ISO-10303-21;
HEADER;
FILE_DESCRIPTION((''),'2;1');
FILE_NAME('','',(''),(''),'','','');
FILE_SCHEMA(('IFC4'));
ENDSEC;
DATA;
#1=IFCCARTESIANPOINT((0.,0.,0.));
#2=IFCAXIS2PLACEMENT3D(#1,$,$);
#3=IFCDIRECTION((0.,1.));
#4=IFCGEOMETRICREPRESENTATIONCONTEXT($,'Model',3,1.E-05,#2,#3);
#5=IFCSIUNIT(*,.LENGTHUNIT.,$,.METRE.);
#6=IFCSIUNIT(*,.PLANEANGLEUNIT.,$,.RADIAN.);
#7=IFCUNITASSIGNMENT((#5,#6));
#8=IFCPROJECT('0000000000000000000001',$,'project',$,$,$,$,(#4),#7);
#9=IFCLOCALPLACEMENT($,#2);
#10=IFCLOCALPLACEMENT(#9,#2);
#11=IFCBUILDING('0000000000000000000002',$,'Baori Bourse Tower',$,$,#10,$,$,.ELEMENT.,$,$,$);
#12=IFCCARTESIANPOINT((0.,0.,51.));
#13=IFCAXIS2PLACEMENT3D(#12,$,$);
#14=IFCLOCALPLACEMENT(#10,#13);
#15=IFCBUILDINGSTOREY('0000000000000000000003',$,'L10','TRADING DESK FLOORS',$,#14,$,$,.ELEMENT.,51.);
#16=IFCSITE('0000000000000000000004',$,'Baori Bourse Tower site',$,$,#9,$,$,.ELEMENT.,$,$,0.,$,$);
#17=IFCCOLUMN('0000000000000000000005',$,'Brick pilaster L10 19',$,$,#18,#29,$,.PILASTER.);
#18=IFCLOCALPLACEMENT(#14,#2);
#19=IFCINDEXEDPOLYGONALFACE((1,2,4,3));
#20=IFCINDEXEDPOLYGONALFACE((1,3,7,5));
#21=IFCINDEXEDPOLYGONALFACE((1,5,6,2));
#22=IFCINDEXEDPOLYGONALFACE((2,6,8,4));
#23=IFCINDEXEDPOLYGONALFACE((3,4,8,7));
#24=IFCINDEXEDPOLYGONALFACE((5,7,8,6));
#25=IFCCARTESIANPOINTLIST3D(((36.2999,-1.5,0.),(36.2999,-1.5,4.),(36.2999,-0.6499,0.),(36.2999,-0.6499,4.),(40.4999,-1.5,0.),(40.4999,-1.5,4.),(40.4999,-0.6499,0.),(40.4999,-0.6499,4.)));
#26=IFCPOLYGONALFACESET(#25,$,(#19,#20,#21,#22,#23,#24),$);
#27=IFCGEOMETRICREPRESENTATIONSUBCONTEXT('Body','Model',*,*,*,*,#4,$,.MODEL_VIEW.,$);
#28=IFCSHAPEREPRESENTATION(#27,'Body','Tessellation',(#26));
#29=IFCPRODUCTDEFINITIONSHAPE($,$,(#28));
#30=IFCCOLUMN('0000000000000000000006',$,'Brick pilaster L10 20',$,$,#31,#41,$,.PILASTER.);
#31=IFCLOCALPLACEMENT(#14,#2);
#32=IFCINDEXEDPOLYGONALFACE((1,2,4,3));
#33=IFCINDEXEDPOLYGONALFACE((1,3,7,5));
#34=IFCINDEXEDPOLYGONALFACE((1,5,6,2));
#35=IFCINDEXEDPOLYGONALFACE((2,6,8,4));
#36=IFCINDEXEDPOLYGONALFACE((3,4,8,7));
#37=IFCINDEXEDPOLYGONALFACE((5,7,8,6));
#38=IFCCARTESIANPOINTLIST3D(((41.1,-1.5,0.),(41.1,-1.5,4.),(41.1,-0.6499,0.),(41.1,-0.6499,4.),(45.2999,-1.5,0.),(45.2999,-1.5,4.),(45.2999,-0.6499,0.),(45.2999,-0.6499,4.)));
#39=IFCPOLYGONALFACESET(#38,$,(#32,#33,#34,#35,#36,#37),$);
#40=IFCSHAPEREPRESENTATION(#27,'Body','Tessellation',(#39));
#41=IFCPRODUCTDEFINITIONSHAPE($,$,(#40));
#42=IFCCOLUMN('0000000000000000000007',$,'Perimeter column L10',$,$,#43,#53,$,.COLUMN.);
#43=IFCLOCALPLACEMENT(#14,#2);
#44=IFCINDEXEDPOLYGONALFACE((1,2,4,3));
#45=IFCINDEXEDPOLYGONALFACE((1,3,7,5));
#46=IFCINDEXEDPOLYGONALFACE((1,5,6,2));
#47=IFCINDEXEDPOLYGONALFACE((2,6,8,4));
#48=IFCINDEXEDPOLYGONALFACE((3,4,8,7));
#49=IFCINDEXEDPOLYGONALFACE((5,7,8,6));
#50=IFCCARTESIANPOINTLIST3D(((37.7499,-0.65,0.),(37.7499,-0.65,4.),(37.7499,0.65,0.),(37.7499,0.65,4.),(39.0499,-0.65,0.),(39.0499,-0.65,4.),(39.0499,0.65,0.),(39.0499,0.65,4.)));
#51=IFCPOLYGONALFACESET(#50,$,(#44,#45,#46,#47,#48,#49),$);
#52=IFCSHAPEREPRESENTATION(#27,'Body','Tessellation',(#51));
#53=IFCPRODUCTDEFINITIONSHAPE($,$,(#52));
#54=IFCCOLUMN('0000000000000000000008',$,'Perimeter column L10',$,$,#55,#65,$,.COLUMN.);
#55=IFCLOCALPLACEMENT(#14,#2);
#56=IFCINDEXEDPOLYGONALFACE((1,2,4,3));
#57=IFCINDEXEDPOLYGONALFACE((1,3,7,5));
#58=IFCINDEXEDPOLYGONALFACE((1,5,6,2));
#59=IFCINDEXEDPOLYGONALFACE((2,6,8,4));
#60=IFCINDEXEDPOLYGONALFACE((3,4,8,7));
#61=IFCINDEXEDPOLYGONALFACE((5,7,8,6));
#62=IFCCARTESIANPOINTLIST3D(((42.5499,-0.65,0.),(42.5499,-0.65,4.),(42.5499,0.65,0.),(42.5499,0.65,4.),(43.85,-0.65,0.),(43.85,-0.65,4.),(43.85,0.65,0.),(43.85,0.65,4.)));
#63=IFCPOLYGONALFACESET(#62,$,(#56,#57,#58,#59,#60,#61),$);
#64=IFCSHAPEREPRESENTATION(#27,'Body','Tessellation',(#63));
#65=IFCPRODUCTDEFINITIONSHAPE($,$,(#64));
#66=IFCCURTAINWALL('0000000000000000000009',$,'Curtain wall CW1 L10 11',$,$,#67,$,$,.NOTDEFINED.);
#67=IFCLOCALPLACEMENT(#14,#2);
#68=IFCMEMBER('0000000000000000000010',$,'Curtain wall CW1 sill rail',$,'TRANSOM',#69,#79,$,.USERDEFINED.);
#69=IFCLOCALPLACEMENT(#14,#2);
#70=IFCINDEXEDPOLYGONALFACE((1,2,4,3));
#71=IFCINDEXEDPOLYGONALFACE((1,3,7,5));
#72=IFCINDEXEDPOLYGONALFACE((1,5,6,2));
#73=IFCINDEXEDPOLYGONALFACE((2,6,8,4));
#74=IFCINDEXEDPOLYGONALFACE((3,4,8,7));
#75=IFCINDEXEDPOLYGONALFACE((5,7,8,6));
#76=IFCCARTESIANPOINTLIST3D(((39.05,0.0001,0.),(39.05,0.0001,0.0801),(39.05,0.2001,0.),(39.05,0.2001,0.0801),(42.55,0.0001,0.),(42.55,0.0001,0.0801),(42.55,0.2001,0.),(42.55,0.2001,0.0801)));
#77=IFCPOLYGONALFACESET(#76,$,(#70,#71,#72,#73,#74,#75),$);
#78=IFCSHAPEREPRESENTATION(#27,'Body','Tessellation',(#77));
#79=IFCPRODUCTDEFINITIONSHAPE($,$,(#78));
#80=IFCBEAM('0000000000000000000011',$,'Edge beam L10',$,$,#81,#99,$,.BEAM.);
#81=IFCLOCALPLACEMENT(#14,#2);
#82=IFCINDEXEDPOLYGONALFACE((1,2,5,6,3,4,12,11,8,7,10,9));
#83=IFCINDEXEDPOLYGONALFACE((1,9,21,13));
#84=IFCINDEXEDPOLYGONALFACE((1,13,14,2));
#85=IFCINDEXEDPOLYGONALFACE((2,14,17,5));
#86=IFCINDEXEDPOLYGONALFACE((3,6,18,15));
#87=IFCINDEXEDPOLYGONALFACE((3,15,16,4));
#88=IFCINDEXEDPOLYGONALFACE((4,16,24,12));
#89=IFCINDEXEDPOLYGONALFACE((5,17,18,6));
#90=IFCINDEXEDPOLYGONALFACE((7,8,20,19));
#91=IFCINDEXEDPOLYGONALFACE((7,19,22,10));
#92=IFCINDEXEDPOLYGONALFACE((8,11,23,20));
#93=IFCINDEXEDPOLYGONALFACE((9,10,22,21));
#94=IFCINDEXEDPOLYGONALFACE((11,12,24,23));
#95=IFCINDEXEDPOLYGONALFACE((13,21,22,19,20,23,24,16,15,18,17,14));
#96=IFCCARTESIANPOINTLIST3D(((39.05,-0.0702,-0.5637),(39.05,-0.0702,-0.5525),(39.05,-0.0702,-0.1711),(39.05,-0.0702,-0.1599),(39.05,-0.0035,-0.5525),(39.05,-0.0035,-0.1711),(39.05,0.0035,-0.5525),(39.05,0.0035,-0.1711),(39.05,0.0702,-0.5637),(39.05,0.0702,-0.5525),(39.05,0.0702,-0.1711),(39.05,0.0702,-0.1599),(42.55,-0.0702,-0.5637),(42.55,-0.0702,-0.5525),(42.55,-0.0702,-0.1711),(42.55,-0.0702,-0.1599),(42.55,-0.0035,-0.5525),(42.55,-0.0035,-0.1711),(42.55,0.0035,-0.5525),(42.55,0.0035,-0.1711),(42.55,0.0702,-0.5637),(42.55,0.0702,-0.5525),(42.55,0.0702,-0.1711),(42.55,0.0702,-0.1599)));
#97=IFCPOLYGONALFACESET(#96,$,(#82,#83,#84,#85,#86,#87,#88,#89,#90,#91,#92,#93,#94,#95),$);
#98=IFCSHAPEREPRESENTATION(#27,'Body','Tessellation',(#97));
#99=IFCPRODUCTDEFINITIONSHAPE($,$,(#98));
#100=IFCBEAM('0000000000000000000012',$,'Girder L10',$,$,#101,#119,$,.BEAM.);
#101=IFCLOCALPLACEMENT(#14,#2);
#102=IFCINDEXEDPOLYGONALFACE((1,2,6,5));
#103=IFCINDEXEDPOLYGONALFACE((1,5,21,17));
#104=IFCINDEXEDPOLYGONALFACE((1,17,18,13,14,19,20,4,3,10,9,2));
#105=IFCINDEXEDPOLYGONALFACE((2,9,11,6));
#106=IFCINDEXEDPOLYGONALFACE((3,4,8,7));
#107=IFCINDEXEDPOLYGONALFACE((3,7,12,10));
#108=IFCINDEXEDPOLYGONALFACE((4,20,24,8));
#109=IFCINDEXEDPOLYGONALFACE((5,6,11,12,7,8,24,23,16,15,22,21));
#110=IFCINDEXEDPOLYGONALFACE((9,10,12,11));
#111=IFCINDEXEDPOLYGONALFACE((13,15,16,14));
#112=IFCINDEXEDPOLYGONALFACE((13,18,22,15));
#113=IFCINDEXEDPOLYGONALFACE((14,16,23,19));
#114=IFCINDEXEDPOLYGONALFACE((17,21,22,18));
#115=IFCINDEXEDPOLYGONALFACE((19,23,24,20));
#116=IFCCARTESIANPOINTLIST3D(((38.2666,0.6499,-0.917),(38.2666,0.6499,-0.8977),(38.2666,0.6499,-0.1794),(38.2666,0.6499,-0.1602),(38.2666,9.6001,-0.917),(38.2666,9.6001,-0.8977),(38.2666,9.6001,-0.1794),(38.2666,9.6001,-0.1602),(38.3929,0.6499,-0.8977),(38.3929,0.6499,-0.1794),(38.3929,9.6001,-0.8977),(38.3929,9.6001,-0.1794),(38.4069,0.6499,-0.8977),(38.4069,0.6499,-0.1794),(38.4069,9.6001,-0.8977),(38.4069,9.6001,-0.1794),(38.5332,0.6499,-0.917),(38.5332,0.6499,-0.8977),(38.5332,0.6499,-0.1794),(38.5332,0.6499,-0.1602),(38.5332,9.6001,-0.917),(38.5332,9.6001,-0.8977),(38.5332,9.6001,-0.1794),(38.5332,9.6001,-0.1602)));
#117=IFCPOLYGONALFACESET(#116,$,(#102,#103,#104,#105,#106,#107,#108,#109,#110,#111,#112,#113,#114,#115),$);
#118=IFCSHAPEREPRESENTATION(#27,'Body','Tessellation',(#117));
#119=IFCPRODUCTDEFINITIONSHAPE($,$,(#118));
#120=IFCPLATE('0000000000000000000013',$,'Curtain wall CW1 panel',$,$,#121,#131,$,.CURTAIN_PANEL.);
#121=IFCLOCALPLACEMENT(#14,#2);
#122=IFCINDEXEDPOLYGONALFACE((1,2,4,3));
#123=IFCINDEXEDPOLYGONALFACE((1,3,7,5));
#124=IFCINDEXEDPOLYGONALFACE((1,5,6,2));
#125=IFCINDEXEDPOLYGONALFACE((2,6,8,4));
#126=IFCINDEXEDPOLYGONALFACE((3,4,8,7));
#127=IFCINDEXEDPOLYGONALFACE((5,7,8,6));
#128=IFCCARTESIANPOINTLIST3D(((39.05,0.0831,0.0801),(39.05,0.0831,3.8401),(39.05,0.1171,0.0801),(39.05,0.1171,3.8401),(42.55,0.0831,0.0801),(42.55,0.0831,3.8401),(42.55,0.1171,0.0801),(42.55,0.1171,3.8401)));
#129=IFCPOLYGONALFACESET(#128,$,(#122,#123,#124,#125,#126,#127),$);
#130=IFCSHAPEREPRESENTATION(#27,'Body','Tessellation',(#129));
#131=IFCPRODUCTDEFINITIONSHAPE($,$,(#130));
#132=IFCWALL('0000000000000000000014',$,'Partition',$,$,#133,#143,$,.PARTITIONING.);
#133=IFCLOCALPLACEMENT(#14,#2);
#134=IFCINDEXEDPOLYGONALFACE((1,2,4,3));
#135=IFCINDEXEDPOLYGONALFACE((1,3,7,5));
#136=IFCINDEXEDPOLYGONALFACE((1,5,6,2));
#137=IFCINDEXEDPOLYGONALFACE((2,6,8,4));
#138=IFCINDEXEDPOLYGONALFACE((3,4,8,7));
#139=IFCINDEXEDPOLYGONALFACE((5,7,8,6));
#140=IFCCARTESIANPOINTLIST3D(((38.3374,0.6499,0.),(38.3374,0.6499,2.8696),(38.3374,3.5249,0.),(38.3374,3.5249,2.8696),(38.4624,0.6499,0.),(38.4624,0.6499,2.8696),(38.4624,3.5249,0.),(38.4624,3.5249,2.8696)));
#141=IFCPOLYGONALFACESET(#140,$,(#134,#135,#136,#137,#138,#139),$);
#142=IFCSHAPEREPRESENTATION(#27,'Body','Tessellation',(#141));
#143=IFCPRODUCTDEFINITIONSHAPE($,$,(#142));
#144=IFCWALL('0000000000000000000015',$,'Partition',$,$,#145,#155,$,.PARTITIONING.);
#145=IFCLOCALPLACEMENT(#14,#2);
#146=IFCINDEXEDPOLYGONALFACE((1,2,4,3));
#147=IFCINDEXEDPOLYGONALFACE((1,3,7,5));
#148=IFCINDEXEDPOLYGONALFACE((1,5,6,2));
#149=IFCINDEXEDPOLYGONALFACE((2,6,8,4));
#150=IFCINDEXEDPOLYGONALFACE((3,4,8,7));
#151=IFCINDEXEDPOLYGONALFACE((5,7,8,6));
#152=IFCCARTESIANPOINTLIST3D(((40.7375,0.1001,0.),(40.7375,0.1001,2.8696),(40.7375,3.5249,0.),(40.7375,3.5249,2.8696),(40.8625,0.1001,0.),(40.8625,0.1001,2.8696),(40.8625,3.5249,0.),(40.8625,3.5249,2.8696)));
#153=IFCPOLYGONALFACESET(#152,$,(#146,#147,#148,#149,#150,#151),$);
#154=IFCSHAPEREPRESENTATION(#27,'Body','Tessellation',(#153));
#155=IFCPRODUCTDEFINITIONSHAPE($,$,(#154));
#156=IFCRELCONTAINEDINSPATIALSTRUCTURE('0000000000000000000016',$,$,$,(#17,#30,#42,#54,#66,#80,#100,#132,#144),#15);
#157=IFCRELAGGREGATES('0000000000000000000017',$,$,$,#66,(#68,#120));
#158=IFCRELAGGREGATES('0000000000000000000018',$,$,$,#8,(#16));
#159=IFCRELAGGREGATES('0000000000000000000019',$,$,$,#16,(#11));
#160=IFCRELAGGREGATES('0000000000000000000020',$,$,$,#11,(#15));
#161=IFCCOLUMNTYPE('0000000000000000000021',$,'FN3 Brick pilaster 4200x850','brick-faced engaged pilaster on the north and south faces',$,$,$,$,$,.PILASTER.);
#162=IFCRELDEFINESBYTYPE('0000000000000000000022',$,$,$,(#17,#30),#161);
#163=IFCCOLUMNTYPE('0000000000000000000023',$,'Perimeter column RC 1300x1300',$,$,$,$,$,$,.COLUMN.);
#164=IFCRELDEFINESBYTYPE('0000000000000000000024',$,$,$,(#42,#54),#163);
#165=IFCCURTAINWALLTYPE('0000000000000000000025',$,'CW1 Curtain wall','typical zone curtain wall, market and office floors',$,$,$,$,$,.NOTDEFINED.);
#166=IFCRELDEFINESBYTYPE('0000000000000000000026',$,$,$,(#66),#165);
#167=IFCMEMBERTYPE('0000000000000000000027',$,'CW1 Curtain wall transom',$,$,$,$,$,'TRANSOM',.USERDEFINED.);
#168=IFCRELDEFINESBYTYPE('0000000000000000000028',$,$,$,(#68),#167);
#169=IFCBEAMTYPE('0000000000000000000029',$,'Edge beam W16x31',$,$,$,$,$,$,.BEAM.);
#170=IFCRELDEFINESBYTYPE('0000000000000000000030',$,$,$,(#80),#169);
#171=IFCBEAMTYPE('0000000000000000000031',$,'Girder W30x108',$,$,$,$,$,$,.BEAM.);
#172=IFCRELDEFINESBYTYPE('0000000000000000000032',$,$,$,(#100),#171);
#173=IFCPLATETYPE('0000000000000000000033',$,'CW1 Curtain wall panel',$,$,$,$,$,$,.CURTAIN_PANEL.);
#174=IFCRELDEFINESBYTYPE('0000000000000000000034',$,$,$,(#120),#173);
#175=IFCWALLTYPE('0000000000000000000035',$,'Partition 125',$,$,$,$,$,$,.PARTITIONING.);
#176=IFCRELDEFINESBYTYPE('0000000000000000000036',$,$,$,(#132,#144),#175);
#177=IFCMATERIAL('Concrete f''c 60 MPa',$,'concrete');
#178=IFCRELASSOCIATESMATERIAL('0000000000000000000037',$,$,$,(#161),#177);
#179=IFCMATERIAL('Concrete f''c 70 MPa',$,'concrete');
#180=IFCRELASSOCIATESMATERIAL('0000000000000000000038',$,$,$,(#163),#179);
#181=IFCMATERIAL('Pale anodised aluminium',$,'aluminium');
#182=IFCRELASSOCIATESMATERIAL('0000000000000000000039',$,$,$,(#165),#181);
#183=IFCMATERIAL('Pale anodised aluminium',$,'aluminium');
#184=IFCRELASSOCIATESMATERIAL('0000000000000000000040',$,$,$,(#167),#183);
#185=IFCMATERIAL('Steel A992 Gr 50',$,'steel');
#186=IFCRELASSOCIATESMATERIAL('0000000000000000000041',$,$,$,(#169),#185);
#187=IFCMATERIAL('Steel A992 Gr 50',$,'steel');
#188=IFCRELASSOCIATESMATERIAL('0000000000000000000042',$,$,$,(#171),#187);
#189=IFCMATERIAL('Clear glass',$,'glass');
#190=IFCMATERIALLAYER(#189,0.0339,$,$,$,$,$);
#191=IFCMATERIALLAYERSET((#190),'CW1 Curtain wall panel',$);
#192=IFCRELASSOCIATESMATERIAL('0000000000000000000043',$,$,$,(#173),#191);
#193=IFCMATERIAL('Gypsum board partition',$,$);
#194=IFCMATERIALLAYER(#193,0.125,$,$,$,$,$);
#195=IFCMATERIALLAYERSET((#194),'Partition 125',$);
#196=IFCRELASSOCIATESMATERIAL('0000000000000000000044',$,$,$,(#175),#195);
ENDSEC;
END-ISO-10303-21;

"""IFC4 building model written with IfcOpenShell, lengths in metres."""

from ifc_helpers import new_model, si_unit, direction, frame, frame_2d, origin, origin_2d, place, context, subcontext, project, spatial, rectangle, i_section, extrude, material, layer, layer_set, material_profile, profile_set, type_object, element, aggregate, save


model = new_model("IFC4")

# Units and contexts
model_context = context("Model", 3, precision=1e-05, world=origin(), true_north=direction((0.0, 1.0)))
body_context = subcontext(model_context, "Body", "Model", "MODEL_VIEW")
ifc_project = project(units=[si_unit("LENGTHUNIT", "METRE"), si_unit("PLANEANGLEUNIT", "RADIAN")], contexts=[model_context])

# Site, building, storey
site_placement = place(None, origin())
site = spatial("IfcSite", under=ifc_project, at=site_placement, Name="Baori Bourse Tower site", CompositionType="ELEMENT", RefElevation=0.0)
building_placement = place(site_placement, origin())
building = spatial("IfcBuilding", under=site, at=building_placement, Name="Baori Bourse Tower", CompositionType="ELEMENT")
storey_placement = place(building_placement, frame((0.0, 0.0, 51.0)))
storey = spatial("IfcBuildingStorey", under=building, at=storey_placement, Name="L10", Description="TRADING DESK FLOORS", CompositionType="ELEMENT", Elevation=51.0)

# Columns
ifc_material_1 = material(Name="Concrete f'c 60 MPa", Category="concrete")
ifc_material_profile_1 = material_profile(ifc_material_1, rectangle(XDim=4.2, YDim=0.8501, at=origin_2d()), Name="RC 4200x850")
ifc_profile_set_1 = profile_set([ifc_material_profile_1], Name="Concrete f'c 60 MPa")
column_type_1 = type_object("IfcColumnType", Name="FN3 Brick pilaster 4200x850", Description="brick-faced engaged pilaster on the north and south faces", PredefinedType="PILASTER", material=ifc_profile_set_1)
for number, where, z_axis, x_axis, name in (
    (1, (38.3999, -1.075, 0.0), (0.0, 0.0, 1.0), (1.0, 0.0, 0.0), "Brick pilaster L10 19"),
    (2, (43.2, -1.075, 0.0), (0.0, 0.0, 1.0), (1.0, 0.0, 0.0), "Brick pilaster L10 20"),
):
    element("IfcColumn", number, at=place(storey_placement, frame(where, z_axis=z_axis, x_axis=x_axis)), inside=storey, type_object=column_type_1, Name=name, PredefinedType="PILASTER", context=body_context, shape_type="SweptSolid", body=[
        extrude(rectangle(XDim=4.2, YDim=0.8501, at=origin_2d()), origin(), (0.0, 0.0, 1.0), 4.0),
    ])
ifc_material_2 = material(Name="Concrete f'c 70 MPa", Category="concrete")
ifc_material_profile_2 = material_profile(ifc_material_2, rectangle(XDim=1.3, YDim=1.3, at=origin_2d()), Name="RC 1300x1300")
ifc_profile_set_2 = profile_set([ifc_material_profile_2], Name="Concrete f'c 70 MPa")
column_type_2 = type_object("IfcColumnType", Name="Perimeter column RC 1300x1300", PredefinedType="COLUMN", material=ifc_profile_set_2)
for number, where, z_axis, x_axis, name in (
    (3, (38.3999, 0.0, 0.0), (0.0, 0.0, 1.0), (1.0, 0.0, 0.0), "Perimeter column L10"),
    (4, (43.2, 0.0, 0.0), (0.0, 0.0, 1.0), (1.0, 0.0, 0.0), "Perimeter column L10"),
):
    element("IfcColumn", number, at=place(storey_placement, frame(where, z_axis=z_axis, x_axis=x_axis)), inside=storey, type_object=column_type_2, Name=name, PredefinedType="COLUMN", context=body_context, shape_type="SweptSolid", body=[
        extrude(rectangle(XDim=1.3, YDim=1.3, at=origin_2d()), origin(), (0.0, 0.0, 1.0), 4.0),
    ])

# Curtain wall, member
ifc_material_3 = material(Name="Pale anodised aluminium", Category="aluminium")
curtain_wall_type = type_object("IfcCurtainWallType", Name="CW1 Curtain wall", Description="typical zone curtain wall, market and office floors", PredefinedType="NOTDEFINED", material=ifc_material_3)
curtain_wall_placement = place(storey_placement, origin())
curtain_wall = element("IfcCurtainWall", 5, at=curtain_wall_placement, inside=storey, type_object=curtain_wall_type, Name="Curtain wall CW1 L10 11", PredefinedType="NOTDEFINED")
ifc_material_4 = material(Name="Pale anodised aluminium", Category="aluminium")
ifc_material_profile_3 = material_profile(ifc_material_4, rectangle(XDim=0.2, YDim=0.0801, at=origin_2d()), Name="Transom 80x200")
ifc_profile_set_3 = profile_set([ifc_material_profile_3], Name="Pale anodised aluminium")
member_type = type_object("IfcMemberType", Name="CW1 Curtain wall transom", ElementType="TRANSOM", PredefinedType="USERDEFINED", material=ifc_profile_set_3)
member_placement = place(storey_placement, frame((39.05, 0.1001, 0.04), z_axis=(1.0, 0.0, 0.0), x_axis=(0.0, 1.0, 0.0)))
member = element("IfcMember", 6, at=member_placement, type_object=member_type, Name="Curtain wall CW1 sill rail", ObjectType="TRANSOM", PredefinedType="USERDEFINED", context=body_context, shape_type="SweptSolid", body=[
    extrude(rectangle(XDim=0.2, YDim=0.0801, at=origin_2d()), origin(), (0.0, 0.0, 1.0), 3.5),
])

# Beams
ifc_material_5 = material(Name="Steel A992 Gr 50", Category="steel")
ifc_material_profile_4 = material_profile(ifc_material_5, i_section(OverallWidth=0.1404, OverallDepth=0.4038, WebThickness=0.0071, FlangeThickness=0.0112, at=origin_2d()), Name="W16x31")
ifc_profile_set_4 = profile_set([ifc_material_profile_4], Name="Steel A992 Gr 50")
beam_type_1 = type_object("IfcBeamType", Name="Edge beam W16x31", PredefinedType="BEAM", material=ifc_profile_set_4)
beam_1_placement = place(storey_placement, frame((39.05, 0.0, -0.3618), z_axis=(1.0, 0.0, 0.0), x_axis=(0.0, 1.0, 0.0)))
element("IfcBeam", 7, at=beam_1_placement, inside=storey, type_object=beam_type_1, Name="Edge beam L10", PredefinedType="BEAM", context=body_context, shape_type="SweptSolid", body=[
    extrude(i_section(OverallWidth=0.1404, OverallDepth=0.4038, WebThickness=0.0071, FlangeThickness=0.0112, at=origin_2d()), origin(), (0.0, 0.0, 1.0), 3.5),
])
ifc_material_6 = material(Name="Steel A992 Gr 50", Category="steel")
ifc_material_profile_5 = material_profile(ifc_material_6, i_section(OverallWidth=0.2666, OverallDepth=0.7568, WebThickness=0.0139, FlangeThickness=0.0193, at=origin_2d()), Name="W30x108")
ifc_profile_set_5 = profile_set([ifc_material_profile_5], Name="Steel A992 Gr 50")
beam_type_2 = type_object("IfcBeamType", Name="Girder W30x108", PredefinedType="BEAM", material=ifc_profile_set_5)
beam_2_placement = place(storey_placement, frame((38.3999, 0.6499, -0.5386), z_axis=(0.0, 1.0, 0.0), x_axis=(-1.0, 0.0, 0.0)))
element("IfcBeam", 8, at=beam_2_placement, inside=storey, type_object=beam_type_2, Name="Girder L10", PredefinedType="BEAM", context=body_context, shape_type="SweptSolid", body=[
    extrude(i_section(OverallWidth=0.2666, OverallDepth=0.7568, WebThickness=0.0139, FlangeThickness=0.0193, at=origin_2d()), origin(), (0.0, 0.0, 1.0), 8.9502),
])

# Plate
ifc_material_7 = material(Name="Clear glass", Category="glass")
ifc_layer_1 = layer(ifc_material_7, 0.0339)
ifc_layer_set_1 = layer_set([ifc_layer_1], Name="CW1 Curtain wall panel")
plate_type = type_object("IfcPlateType", Name="CW1 Curtain wall panel", PredefinedType="CURTAIN_PANEL", material=ifc_layer_set_1)
plate_placement = place(storey_placement, frame((40.8, 0.1001, 0.0801), z_axis=(0.0, 0.0, 1.0), x_axis=(1.0, 0.0, 0.0)))
plate = element("IfcPlate", 9, at=plate_placement, type_object=plate_type, Name="Curtain wall CW1 panel", PredefinedType="CURTAIN_PANEL", context=body_context, shape_type="SweptSolid", body=[
    extrude(rectangle(XDim=3.5, YDim=0.0339, at=origin_2d()), origin(), (0.0, 0.0, 1.0), 3.76),
])
aggregate(curtain_wall, [member, plate])

# Walls
ifc_material_8 = material(Name="Gypsum board partition")
ifc_layer_2 = layer(ifc_material_8, 0.125)
ifc_layer_set_2 = layer_set([ifc_layer_2], Name="Partition 125")
wall_type = type_object("IfcWallType", Name="Partition 125", PredefinedType="PARTITIONING", material=ifc_layer_set_2)
wall_1_placement = place(storey_placement, frame((38.3999, 0.6499, 0.0), z_axis=(0.0, 0.0, 1.0), x_axis=(0.0, 1.0, 0.0)))
element("IfcWall", 10, at=wall_1_placement, inside=storey, type_object=wall_type, Name="Partition", PredefinedType="PARTITIONING", context=body_context, shape_type="SweptSolid", body=[
    extrude(rectangle(XDim=2.875, YDim=0.125, at=frame_2d((1.4375, 0.0))), origin(), (0.0, 0.0, 1.0), 2.8696),
])
wall_2_placement = place(storey_placement, frame((40.8, 0.1001, 0.0), z_axis=(0.0, 0.0, 1.0), x_axis=(0.0, 1.0, 0.0)))
element("IfcWall", 11, at=wall_2_placement, inside=storey, type_object=wall_type, Name="Partition", PredefinedType="PARTITIONING", context=body_context, shape_type="SweptSolid", body=[
    extrude(rectangle(XDim=3.4248, YDim=0.125, at=frame_2d((1.7124, 0.0))), origin(), (0.0, 0.0, 1.0), 2.8696),
])

save(model, "model.ifc")
